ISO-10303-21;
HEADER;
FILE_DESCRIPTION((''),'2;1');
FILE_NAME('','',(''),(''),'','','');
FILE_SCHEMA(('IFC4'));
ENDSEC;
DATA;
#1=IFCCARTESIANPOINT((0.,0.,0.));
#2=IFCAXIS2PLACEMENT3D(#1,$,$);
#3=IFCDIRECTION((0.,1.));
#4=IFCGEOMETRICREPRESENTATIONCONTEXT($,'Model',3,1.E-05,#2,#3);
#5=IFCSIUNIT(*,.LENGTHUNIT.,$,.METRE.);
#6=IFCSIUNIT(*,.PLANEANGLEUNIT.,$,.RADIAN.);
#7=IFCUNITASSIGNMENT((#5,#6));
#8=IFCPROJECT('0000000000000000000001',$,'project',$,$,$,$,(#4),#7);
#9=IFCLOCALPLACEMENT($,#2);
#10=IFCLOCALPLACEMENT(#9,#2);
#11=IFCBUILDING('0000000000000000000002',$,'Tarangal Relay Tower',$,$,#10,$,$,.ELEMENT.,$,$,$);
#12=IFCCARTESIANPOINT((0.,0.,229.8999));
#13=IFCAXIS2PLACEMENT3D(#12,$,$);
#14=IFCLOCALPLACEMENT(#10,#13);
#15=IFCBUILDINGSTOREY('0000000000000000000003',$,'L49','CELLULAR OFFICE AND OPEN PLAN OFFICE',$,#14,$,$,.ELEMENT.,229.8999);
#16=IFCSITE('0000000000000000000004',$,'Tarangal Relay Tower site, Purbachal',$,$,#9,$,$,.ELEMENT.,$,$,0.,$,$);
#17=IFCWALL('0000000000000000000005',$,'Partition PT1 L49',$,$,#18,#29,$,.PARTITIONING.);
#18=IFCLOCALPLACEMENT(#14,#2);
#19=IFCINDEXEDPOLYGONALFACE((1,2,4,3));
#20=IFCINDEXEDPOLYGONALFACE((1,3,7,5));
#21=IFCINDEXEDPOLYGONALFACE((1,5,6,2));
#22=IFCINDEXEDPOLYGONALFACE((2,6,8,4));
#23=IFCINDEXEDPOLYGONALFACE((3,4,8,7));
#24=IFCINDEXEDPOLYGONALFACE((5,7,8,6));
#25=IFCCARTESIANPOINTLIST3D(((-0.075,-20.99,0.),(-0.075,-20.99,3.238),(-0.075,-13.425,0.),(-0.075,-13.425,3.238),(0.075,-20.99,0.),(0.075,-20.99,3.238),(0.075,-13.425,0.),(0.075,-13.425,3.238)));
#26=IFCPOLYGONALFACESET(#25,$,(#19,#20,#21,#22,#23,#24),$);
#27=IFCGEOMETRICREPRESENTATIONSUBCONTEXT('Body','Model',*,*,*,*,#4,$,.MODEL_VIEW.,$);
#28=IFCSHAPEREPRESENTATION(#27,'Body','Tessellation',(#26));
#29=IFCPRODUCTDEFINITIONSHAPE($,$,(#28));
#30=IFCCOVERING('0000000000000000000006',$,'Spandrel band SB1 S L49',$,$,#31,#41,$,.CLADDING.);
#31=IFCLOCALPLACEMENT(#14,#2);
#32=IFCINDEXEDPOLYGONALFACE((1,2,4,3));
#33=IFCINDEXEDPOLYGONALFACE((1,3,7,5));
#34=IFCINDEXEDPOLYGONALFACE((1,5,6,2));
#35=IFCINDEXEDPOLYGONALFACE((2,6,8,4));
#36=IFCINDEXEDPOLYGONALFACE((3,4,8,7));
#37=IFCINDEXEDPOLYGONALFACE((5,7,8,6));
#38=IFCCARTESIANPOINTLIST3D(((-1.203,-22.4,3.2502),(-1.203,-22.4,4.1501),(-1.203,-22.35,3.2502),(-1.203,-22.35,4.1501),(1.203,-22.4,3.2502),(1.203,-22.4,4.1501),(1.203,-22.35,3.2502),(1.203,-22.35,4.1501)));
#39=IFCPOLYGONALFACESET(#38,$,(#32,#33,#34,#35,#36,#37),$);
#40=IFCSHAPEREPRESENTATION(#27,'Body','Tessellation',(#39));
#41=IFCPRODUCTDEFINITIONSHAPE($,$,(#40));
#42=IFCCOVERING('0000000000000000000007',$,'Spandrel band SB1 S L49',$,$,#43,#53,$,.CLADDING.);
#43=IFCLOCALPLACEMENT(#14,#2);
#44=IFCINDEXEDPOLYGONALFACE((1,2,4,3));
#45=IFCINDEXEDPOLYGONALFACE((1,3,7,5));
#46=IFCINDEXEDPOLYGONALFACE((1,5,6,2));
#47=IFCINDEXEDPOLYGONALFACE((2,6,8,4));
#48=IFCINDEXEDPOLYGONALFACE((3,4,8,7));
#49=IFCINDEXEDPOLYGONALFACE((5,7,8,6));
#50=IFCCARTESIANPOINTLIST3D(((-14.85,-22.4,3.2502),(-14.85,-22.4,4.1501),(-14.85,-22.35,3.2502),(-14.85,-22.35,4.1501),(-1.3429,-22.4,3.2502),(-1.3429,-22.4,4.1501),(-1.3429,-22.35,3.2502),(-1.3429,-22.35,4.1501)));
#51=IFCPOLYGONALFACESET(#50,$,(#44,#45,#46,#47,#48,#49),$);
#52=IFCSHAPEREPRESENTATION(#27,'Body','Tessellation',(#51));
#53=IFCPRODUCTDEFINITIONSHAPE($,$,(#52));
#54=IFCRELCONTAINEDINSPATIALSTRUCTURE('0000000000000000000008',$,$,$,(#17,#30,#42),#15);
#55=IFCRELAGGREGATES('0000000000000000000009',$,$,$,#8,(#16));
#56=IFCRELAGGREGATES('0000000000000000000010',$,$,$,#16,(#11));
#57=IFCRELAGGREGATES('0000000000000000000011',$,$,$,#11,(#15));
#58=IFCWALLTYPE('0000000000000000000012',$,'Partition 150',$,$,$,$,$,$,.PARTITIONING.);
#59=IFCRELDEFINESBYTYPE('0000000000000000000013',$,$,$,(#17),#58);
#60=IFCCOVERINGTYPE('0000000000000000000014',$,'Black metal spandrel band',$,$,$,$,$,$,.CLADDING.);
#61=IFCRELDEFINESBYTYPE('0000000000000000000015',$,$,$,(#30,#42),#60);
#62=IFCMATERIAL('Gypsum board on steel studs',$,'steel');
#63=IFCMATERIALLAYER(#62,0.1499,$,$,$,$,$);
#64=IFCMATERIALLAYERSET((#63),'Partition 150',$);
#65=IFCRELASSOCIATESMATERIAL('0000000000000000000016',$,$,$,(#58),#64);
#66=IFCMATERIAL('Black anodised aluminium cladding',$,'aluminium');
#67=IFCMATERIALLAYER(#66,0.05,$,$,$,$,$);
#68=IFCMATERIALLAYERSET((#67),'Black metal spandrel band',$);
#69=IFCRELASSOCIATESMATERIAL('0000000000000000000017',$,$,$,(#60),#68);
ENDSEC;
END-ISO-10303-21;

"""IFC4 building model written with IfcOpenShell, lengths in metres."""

from ifc_helpers import new_model, si_unit, direction, frame, frame_2d, origin, origin_2d, place, context, subcontext, project, spatial, rectangle, extrude, material, layer, layer_set, type_object, element, save


model = new_model("IFC4")

# Units and contexts
model_context = context("Model", 3, precision=1e-05, world=origin(), true_north=direction((0.0, 1.0)))
body_context = subcontext(model_context, "Body", "Model", "MODEL_VIEW")
ifc_project = project(units=[si_unit("LENGTHUNIT", "METRE"), si_unit("PLANEANGLEUNIT", "RADIAN")], contexts=[model_context])

# Site, building, storey
site_placement = place(None, origin())
site = spatial("IfcSite", under=ifc_project, at=site_placement, Name="Tarangal Relay Tower site, Purbachal", CompositionType="ELEMENT", RefElevation=0.0)
building_placement = place(site_placement, origin())
building = spatial("IfcBuilding", under=site, at=building_placement, Name="Tarangal Relay Tower", CompositionType="ELEMENT")
storey_placement = place(building_placement, frame((0.0, 0.0, 229.8999)))
storey = spatial("IfcBuildingStorey", under=building, at=storey_placement, Name="L49", Description="CELLULAR OFFICE AND OPEN PLAN OFFICE", CompositionType="ELEMENT", Elevation=229.8999)

# Wall
ifc_material_1 = material(Name="Gypsum board on steel studs", Category="steel")
ifc_layer_1 = layer(ifc_material_1, 0.1499)
ifc_layer_set_1 = layer_set([ifc_layer_1], Name="Partition 150")
wall_type_1 = type_object("IfcWallType", Name="Partition 150", PredefinedType="PARTITIONING", material=ifc_layer_set_1)
wall_1_placement = place(storey_placement, frame((0.0, -20.99, 0.0), z_axis=(0.0, 0.0, 1.0), x_axis=(0.0, 1.0, 0.0)))
element("IfcWall", 1, at=wall_1_placement, inside=storey, type_object=wall_type_1, Name="Partition PT1 L49", PredefinedType="PARTITIONING", context=body_context, shape_type="SweptSolid", body=[
    extrude(rectangle(XDim=7.5649, YDim=0.1499, at=frame_2d((3.7825, 0.0))), origin(), (0.0, 0.0, 1.0), 3.238),
])

# Coverings
ifc_material_2 = material(Name="Black anodised aluminium cladding", Category="aluminium")
ifc_layer_2 = layer(ifc_material_2, 0.05)
ifc_layer_set_2 = layer_set([ifc_layer_2], Name="Black metal spandrel band")
covering_type = type_object("IfcCoveringType", Name="Black metal spandrel band", PredefinedType="CLADDING", material=ifc_layer_set_2)
covering_1_placement = place(storey_placement, frame((0.0, -22.375, 3.2502), z_axis=(0.0, 0.0, 1.0), x_axis=(-1.0, 0.0, 0.0)))
element("IfcCovering", 2, at=covering_1_placement, inside=storey, type_object=covering_type, Name="Spandrel band SB1 S L49", PredefinedType="CLADDING", context=body_context, shape_type="SweptSolid", body=[
    extrude(rectangle(XDim=2.406, YDim=0.05, at=origin_2d()), origin(), (0.0, 0.0, 1.0), 0.8999),
])
covering_2_placement = place(storey_placement, frame((-8.0964, -22.375, 3.2502), z_axis=(0.0, 0.0, 1.0), x_axis=(-1.0, 0.0, 0.0)))
element("IfcCovering", 3, at=covering_2_placement, inside=storey, type_object=covering_type, Name="Spandrel band SB1 S L49", PredefinedType="CLADDING", context=body_context, shape_type="SweptSolid", body=[
    extrude(rectangle(XDim=13.5071, YDim=0.05, at=origin_2d()), origin(), (0.0, 0.0, 1.0), 0.8999),
])

save(model, "model.ifc")
